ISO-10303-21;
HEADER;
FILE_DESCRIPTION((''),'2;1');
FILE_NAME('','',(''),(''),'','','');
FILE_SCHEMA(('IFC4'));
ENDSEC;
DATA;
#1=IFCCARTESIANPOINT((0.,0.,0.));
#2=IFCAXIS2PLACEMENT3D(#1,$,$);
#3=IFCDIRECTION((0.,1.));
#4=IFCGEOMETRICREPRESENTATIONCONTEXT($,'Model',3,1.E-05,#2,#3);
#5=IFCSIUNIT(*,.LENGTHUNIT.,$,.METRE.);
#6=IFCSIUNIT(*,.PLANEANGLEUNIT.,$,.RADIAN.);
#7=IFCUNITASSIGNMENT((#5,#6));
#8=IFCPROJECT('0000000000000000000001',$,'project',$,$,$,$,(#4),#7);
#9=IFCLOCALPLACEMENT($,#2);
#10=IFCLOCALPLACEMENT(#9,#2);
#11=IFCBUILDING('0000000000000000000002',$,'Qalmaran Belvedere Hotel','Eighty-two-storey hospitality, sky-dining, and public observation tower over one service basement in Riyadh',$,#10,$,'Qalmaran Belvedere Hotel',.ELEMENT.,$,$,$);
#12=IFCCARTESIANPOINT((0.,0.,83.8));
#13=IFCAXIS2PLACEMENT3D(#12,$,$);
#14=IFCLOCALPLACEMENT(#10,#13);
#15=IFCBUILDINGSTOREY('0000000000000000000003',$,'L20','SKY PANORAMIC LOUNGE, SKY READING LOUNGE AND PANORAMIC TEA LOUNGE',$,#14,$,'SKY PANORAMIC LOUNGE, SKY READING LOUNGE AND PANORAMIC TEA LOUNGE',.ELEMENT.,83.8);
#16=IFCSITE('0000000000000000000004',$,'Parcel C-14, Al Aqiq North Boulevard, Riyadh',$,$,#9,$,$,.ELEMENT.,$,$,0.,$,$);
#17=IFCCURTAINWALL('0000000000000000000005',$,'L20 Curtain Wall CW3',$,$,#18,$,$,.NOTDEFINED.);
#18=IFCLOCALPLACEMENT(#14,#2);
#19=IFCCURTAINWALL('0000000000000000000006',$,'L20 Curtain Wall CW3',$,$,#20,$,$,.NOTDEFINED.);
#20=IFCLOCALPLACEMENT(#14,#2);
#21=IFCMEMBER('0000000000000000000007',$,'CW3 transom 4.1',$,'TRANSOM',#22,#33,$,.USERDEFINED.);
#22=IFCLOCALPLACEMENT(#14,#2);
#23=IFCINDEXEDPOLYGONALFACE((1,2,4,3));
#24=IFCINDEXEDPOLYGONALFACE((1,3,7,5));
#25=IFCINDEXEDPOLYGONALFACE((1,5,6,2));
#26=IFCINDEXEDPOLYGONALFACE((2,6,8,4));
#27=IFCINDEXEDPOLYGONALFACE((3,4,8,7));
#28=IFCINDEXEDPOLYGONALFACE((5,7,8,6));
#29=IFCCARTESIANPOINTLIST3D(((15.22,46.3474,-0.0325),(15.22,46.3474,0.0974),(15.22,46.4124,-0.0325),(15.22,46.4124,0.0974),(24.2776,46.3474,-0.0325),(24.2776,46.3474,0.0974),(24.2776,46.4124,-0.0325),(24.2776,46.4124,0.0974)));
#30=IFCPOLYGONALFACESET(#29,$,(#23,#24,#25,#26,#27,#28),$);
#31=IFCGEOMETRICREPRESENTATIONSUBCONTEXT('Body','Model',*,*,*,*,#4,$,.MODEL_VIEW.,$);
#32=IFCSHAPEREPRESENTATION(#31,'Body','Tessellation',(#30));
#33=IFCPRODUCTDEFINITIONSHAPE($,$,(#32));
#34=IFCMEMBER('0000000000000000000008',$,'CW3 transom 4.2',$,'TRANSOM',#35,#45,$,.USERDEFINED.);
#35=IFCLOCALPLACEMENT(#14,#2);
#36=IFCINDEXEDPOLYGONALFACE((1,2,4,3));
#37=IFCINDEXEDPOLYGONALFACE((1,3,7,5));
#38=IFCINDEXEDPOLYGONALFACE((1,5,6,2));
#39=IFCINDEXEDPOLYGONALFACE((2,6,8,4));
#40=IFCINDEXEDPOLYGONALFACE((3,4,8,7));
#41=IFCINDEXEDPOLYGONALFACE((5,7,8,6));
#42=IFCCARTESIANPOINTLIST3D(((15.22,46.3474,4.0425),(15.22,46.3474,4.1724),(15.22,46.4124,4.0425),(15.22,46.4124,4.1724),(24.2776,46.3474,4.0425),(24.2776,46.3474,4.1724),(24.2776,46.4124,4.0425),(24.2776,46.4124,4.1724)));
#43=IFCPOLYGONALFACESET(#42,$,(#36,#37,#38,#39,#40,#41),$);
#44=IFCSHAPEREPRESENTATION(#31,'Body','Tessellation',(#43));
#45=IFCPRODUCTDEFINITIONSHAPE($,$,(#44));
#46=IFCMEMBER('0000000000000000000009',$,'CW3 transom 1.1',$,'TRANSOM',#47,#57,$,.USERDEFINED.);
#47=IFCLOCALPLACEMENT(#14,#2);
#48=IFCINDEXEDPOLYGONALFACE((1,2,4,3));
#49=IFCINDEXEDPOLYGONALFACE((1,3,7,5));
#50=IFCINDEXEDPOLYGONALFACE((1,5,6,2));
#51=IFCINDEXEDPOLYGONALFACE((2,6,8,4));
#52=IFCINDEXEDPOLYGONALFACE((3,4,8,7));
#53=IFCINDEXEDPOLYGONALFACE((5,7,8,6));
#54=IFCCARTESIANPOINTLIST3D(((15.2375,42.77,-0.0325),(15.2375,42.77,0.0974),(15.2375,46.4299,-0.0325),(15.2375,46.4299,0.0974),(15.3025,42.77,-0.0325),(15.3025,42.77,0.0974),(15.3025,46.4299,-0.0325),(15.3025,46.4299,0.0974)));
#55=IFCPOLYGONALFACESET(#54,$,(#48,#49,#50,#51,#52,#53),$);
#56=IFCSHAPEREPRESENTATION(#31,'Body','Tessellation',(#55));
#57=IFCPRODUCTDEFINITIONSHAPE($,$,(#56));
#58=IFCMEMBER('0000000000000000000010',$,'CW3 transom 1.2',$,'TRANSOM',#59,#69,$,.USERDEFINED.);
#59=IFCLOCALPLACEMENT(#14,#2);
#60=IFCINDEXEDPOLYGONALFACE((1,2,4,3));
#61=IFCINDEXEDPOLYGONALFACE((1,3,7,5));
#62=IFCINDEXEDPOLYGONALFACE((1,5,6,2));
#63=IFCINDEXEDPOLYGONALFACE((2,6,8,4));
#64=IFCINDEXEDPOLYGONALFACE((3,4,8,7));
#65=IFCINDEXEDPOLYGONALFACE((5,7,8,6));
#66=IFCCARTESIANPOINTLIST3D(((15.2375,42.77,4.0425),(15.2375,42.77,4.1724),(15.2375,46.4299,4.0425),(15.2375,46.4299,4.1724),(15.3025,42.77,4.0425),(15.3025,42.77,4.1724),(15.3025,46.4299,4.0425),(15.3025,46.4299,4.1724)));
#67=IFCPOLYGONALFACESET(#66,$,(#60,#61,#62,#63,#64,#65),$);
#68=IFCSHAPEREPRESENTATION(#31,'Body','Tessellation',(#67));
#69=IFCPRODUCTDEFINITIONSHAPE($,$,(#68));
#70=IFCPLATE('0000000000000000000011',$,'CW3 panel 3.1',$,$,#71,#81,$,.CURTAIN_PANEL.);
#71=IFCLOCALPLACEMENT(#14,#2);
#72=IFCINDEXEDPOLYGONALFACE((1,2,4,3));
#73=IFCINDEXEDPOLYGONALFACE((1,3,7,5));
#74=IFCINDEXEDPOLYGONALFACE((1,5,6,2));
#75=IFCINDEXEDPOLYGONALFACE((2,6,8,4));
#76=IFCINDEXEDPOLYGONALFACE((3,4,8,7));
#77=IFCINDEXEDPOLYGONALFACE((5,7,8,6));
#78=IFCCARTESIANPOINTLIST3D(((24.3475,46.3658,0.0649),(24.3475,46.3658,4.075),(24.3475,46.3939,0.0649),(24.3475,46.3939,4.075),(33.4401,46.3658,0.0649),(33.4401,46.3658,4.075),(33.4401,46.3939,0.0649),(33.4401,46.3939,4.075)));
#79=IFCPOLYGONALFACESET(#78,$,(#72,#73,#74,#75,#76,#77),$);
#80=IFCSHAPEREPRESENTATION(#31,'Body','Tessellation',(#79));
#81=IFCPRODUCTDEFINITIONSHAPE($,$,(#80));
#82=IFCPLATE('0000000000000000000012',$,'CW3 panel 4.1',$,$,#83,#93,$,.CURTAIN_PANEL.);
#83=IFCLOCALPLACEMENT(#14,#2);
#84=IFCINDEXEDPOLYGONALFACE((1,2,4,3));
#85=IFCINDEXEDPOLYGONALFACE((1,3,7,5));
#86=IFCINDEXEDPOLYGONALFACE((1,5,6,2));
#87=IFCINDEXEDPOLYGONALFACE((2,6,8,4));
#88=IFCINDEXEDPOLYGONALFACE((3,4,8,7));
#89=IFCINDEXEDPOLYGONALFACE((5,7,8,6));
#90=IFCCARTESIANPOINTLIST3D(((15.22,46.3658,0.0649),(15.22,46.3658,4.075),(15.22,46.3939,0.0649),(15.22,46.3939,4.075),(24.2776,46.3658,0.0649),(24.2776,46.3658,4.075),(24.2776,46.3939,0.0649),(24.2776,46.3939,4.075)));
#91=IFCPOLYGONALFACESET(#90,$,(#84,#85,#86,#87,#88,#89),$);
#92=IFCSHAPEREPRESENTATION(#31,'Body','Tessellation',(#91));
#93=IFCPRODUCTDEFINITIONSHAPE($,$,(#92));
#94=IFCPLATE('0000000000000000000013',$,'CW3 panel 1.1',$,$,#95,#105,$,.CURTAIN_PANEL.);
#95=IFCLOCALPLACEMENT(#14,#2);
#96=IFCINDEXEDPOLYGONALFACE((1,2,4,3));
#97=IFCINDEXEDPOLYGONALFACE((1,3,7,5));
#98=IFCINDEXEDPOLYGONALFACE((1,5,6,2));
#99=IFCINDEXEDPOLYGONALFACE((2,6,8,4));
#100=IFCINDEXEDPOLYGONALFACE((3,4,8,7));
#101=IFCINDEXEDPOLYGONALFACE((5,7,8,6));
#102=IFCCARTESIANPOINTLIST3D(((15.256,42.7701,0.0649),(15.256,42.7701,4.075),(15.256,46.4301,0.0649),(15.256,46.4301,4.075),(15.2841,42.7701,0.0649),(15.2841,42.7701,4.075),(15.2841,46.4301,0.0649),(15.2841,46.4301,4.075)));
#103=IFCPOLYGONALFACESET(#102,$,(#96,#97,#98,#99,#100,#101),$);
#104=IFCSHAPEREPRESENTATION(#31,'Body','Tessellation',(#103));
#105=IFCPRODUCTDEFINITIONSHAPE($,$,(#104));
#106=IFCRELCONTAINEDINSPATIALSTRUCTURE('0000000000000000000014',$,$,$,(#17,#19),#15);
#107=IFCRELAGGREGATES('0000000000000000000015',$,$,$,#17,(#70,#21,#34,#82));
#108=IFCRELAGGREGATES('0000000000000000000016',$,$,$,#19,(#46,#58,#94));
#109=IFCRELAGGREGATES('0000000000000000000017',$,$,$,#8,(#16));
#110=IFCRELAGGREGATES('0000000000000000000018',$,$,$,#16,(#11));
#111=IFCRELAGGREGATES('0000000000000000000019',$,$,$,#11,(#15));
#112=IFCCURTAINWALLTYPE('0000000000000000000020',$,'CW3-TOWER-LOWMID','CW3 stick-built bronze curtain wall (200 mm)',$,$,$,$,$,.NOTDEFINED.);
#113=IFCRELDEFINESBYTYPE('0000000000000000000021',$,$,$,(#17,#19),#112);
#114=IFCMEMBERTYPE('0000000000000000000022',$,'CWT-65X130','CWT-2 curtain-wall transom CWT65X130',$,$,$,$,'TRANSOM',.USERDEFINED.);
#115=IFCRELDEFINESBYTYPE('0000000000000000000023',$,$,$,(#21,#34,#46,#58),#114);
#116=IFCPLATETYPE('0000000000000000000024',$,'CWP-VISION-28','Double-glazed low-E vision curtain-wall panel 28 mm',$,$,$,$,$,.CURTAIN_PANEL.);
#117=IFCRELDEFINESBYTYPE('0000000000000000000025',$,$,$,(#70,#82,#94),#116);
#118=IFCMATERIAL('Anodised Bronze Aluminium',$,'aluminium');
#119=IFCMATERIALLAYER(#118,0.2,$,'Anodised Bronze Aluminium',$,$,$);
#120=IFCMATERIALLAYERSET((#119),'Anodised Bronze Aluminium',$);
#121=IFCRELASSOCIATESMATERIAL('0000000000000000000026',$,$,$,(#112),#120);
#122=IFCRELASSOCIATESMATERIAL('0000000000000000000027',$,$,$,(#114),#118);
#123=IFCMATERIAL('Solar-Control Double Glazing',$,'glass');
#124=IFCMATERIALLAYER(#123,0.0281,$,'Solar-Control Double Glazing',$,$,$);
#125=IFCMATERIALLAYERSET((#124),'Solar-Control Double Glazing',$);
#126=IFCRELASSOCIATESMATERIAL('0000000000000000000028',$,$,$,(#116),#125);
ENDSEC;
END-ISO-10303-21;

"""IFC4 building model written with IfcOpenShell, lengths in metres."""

from ifc_helpers import new_model, si_unit, direction, frame, origin, origin_2d, place, context, subcontext, project, spatial, rectangle, extrude, material, layer, layer_set, material_profile, profile_set, type_object, element, aggregate, save


model = new_model("IFC4")

# Units and contexts
model_context = context("Model", 3, precision=1e-05, world=origin(), true_north=direction((0.0, 1.0)))
body_context = subcontext(model_context, "Body", "Model", "MODEL_VIEW")
ifc_project = project(units=[si_unit("LENGTHUNIT", "METRE"), si_unit("PLANEANGLEUNIT", "RADIAN")], contexts=[model_context])

# Site, building, storey
site_placement = place(None, origin())
site = spatial("IfcSite", under=ifc_project, at=site_placement, Name="Parcel C-14, Al Aqiq North Boulevard, Riyadh", CompositionType="ELEMENT", RefElevation=0.0)
building_placement = place(site_placement, origin())
building = spatial("IfcBuilding", under=site, at=building_placement, Name="Qalmaran Belvedere Hotel", Description="Eighty-two-storey hospitality, sky-dining, and public observation tower over one service basement in Riyadh", LongName="Qalmaran Belvedere Hotel", CompositionType="ELEMENT")
storey_placement = place(building_placement, frame((0.0, 0.0, 83.8)))
storey = spatial("IfcBuildingStorey", under=building, at=storey_placement, Name="L20", Description="SKY PANORAMIC LOUNGE, SKY READING LOUNGE AND PANORAMIC TEA LOUNGE", LongName="SKY PANORAMIC LOUNGE, SKY READING LOUNGE AND PANORAMIC TEA LOUNGE", CompositionType="ELEMENT", Elevation=83.8)

# Curtain wall
ifc_material_1 = material(Name="Anodised Bronze Aluminium", Category="aluminium")
ifc_layer_1 = layer(ifc_material_1, 0.2, Name="Anodised Bronze Aluminium")
ifc_layer_set_1 = layer_set([ifc_layer_1], Name="Anodised Bronze Aluminium")
curtain_wall_type = type_object("IfcCurtainWallType", Name="CW3-TOWER-LOWMID", Description="CW3 stick-built bronze curtain wall (200 mm)", PredefinedType="NOTDEFINED", material=ifc_layer_set_1)
curtain_wall_1_placement = place(storey_placement, origin())
curtain_wall_1 = element("IfcCurtainWall", 1, at=curtain_wall_1_placement, inside=storey, type_object=curtain_wall_type, Name="L20 Curtain Wall CW3", PredefinedType="NOTDEFINED")

# Curtain wall
curtain_wall_2_placement = place(storey_placement, origin())
curtain_wall_2 = element("IfcCurtainWall", 2, at=curtain_wall_2_placement, inside=storey, type_object=curtain_wall_type, Name="L20 Curtain Wall CW3", PredefinedType="NOTDEFINED")

# Members
ifc_material_profile_1 = material_profile(ifc_material_1, rectangle(XDim=0.0649, YDim=0.1299, at=origin_2d()), Name="CWT65X130")
ifc_profile_set_1 = profile_set([ifc_material_profile_1], Name="Anodised Bronze Aluminium")
member_type_1 = type_object("IfcMemberType", Name="CWT-65X130", Description="CWT-2 curtain-wall transom CWT65X130", ElementType="TRANSOM", PredefinedType="USERDEFINED", material=ifc_profile_set_1)
member_1_placement = place(storey_placement, frame((24.2776, 46.3799, 0.0325), z_axis=(-1.0, 0.0, 0.0), x_axis=(0.0, -1.0, 0.0)))
member_1 = element("IfcMember", 3, at=member_1_placement, type_object=member_type_1, Name="CW3 transom 4.1", ObjectType="TRANSOM", PredefinedType="USERDEFINED", context=body_context, shape_type="SweptSolid", body=[
    extrude(rectangle(XDim=0.0649, YDim=0.1299, at=origin_2d()), origin(), (0.0, 0.0, 1.0), 9.0576),
])
member_2_placement = place(storey_placement, frame((24.2776, 46.3799, 4.1074), z_axis=(-1.0, 0.0, 0.0), x_axis=(0.0, -1.0, 0.0)))
member_2 = element("IfcMember", 4, at=member_2_placement, type_object=member_type_1, Name="CW3 transom 4.2", ObjectType="TRANSOM", PredefinedType="USERDEFINED", context=body_context, shape_type="SweptSolid", body=[
    extrude(rectangle(XDim=0.0649, YDim=0.1299, at=origin_2d()), origin(), (0.0, 0.0, 1.0), 9.0576),
])
member_3_placement = place(storey_placement, frame((15.27, 46.4299, 0.0325), z_axis=(0.0, -1.0, 0.0), x_axis=(1.0, 0.0, 0.0)))
member_3 = element("IfcMember", 5, at=member_3_placement, type_object=member_type_1, Name="CW3 transom 1.1", ObjectType="TRANSOM", PredefinedType="USERDEFINED", context=body_context, shape_type="SweptSolid", body=[
    extrude(rectangle(XDim=0.0649, YDim=0.1299, at=origin_2d()), origin(), (0.0, 0.0, 1.0), 3.6599),
])
member_4_placement = place(storey_placement, frame((15.27, 46.4299, 4.1074), z_axis=(0.0, -1.0, 0.0), x_axis=(1.0, 0.0, 0.0)))
member_4 = element("IfcMember", 6, at=member_4_placement, type_object=member_type_1, Name="CW3 transom 1.2", ObjectType="TRANSOM", PredefinedType="USERDEFINED", context=body_context, shape_type="SweptSolid", body=[
    extrude(rectangle(XDim=0.0649, YDim=0.1299, at=origin_2d()), origin(), (0.0, 0.0, 1.0), 3.6599),
])

# Plates
ifc_material_2 = material(Name="Solar-Control Double Glazing", Category="glass")
ifc_layer_2 = layer(ifc_material_2, 0.0281, Name="Solar-Control Double Glazing")
ifc_layer_set_2 = layer_set([ifc_layer_2], Name="Solar-Control Double Glazing")
plate_type = type_object("IfcPlateType", Name="CWP-VISION-28", Description="Double-glazed low-E vision curtain-wall panel 28 mm", PredefinedType="CURTAIN_PANEL", material=ifc_layer_set_2)
plate_1_placement = place(storey_placement, frame((28.8938, 46.3799, 0.0649), z_axis=(0.0, 0.0, 1.0), x_axis=(-1.0, 0.0, 0.0)))
plate_1 = element("IfcPlate", 7, at=plate_1_placement, type_object=plate_type, Name="CW3 panel 3.1", PredefinedType="CURTAIN_PANEL", context=body_context, shape_type="SweptSolid", body=[
    extrude(rectangle(XDim=9.0925, YDim=0.0281, at=origin_2d()), origin(), (0.0, 0.0, 1.0), 4.01),
])
plate_2_placement = place(storey_placement, frame((19.7488, 46.3799, 0.0649), z_axis=(0.0, 0.0, 1.0), x_axis=(-1.0, 0.0, 0.0)))
plate_2 = element("IfcPlate", 8, at=plate_2_placement, type_object=plate_type, Name="CW3 panel 4.1", PredefinedType="CURTAIN_PANEL", context=body_context, shape_type="SweptSolid", body=[
    extrude(rectangle(XDim=9.0576, YDim=0.0281, at=origin_2d()), origin(), (0.0, 0.0, 1.0), 4.01),
])
aggregate(curtain_wall_1, [plate_1, member_1, member_2, plate_2])
plate_3_placement = place(storey_placement, frame((15.27, 44.6001, 0.0649), z_axis=(0.0, 0.0, 1.0), x_axis=(0.0, -1.0, 0.0)))
plate_3 = element("IfcPlate", 9, at=plate_3_placement, type_object=plate_type, Name="CW3 panel 1.1", PredefinedType="CURTAIN_PANEL", context=body_context, shape_type="SweptSolid", body=[
    extrude(rectangle(XDim=3.6599, YDim=0.0281, at=origin_2d()), origin(), (0.0, 0.0, 1.0), 4.01),
])
aggregate(curtain_wall_2, [member_3, member_4, plate_3])

save(model, "model.ifc")
